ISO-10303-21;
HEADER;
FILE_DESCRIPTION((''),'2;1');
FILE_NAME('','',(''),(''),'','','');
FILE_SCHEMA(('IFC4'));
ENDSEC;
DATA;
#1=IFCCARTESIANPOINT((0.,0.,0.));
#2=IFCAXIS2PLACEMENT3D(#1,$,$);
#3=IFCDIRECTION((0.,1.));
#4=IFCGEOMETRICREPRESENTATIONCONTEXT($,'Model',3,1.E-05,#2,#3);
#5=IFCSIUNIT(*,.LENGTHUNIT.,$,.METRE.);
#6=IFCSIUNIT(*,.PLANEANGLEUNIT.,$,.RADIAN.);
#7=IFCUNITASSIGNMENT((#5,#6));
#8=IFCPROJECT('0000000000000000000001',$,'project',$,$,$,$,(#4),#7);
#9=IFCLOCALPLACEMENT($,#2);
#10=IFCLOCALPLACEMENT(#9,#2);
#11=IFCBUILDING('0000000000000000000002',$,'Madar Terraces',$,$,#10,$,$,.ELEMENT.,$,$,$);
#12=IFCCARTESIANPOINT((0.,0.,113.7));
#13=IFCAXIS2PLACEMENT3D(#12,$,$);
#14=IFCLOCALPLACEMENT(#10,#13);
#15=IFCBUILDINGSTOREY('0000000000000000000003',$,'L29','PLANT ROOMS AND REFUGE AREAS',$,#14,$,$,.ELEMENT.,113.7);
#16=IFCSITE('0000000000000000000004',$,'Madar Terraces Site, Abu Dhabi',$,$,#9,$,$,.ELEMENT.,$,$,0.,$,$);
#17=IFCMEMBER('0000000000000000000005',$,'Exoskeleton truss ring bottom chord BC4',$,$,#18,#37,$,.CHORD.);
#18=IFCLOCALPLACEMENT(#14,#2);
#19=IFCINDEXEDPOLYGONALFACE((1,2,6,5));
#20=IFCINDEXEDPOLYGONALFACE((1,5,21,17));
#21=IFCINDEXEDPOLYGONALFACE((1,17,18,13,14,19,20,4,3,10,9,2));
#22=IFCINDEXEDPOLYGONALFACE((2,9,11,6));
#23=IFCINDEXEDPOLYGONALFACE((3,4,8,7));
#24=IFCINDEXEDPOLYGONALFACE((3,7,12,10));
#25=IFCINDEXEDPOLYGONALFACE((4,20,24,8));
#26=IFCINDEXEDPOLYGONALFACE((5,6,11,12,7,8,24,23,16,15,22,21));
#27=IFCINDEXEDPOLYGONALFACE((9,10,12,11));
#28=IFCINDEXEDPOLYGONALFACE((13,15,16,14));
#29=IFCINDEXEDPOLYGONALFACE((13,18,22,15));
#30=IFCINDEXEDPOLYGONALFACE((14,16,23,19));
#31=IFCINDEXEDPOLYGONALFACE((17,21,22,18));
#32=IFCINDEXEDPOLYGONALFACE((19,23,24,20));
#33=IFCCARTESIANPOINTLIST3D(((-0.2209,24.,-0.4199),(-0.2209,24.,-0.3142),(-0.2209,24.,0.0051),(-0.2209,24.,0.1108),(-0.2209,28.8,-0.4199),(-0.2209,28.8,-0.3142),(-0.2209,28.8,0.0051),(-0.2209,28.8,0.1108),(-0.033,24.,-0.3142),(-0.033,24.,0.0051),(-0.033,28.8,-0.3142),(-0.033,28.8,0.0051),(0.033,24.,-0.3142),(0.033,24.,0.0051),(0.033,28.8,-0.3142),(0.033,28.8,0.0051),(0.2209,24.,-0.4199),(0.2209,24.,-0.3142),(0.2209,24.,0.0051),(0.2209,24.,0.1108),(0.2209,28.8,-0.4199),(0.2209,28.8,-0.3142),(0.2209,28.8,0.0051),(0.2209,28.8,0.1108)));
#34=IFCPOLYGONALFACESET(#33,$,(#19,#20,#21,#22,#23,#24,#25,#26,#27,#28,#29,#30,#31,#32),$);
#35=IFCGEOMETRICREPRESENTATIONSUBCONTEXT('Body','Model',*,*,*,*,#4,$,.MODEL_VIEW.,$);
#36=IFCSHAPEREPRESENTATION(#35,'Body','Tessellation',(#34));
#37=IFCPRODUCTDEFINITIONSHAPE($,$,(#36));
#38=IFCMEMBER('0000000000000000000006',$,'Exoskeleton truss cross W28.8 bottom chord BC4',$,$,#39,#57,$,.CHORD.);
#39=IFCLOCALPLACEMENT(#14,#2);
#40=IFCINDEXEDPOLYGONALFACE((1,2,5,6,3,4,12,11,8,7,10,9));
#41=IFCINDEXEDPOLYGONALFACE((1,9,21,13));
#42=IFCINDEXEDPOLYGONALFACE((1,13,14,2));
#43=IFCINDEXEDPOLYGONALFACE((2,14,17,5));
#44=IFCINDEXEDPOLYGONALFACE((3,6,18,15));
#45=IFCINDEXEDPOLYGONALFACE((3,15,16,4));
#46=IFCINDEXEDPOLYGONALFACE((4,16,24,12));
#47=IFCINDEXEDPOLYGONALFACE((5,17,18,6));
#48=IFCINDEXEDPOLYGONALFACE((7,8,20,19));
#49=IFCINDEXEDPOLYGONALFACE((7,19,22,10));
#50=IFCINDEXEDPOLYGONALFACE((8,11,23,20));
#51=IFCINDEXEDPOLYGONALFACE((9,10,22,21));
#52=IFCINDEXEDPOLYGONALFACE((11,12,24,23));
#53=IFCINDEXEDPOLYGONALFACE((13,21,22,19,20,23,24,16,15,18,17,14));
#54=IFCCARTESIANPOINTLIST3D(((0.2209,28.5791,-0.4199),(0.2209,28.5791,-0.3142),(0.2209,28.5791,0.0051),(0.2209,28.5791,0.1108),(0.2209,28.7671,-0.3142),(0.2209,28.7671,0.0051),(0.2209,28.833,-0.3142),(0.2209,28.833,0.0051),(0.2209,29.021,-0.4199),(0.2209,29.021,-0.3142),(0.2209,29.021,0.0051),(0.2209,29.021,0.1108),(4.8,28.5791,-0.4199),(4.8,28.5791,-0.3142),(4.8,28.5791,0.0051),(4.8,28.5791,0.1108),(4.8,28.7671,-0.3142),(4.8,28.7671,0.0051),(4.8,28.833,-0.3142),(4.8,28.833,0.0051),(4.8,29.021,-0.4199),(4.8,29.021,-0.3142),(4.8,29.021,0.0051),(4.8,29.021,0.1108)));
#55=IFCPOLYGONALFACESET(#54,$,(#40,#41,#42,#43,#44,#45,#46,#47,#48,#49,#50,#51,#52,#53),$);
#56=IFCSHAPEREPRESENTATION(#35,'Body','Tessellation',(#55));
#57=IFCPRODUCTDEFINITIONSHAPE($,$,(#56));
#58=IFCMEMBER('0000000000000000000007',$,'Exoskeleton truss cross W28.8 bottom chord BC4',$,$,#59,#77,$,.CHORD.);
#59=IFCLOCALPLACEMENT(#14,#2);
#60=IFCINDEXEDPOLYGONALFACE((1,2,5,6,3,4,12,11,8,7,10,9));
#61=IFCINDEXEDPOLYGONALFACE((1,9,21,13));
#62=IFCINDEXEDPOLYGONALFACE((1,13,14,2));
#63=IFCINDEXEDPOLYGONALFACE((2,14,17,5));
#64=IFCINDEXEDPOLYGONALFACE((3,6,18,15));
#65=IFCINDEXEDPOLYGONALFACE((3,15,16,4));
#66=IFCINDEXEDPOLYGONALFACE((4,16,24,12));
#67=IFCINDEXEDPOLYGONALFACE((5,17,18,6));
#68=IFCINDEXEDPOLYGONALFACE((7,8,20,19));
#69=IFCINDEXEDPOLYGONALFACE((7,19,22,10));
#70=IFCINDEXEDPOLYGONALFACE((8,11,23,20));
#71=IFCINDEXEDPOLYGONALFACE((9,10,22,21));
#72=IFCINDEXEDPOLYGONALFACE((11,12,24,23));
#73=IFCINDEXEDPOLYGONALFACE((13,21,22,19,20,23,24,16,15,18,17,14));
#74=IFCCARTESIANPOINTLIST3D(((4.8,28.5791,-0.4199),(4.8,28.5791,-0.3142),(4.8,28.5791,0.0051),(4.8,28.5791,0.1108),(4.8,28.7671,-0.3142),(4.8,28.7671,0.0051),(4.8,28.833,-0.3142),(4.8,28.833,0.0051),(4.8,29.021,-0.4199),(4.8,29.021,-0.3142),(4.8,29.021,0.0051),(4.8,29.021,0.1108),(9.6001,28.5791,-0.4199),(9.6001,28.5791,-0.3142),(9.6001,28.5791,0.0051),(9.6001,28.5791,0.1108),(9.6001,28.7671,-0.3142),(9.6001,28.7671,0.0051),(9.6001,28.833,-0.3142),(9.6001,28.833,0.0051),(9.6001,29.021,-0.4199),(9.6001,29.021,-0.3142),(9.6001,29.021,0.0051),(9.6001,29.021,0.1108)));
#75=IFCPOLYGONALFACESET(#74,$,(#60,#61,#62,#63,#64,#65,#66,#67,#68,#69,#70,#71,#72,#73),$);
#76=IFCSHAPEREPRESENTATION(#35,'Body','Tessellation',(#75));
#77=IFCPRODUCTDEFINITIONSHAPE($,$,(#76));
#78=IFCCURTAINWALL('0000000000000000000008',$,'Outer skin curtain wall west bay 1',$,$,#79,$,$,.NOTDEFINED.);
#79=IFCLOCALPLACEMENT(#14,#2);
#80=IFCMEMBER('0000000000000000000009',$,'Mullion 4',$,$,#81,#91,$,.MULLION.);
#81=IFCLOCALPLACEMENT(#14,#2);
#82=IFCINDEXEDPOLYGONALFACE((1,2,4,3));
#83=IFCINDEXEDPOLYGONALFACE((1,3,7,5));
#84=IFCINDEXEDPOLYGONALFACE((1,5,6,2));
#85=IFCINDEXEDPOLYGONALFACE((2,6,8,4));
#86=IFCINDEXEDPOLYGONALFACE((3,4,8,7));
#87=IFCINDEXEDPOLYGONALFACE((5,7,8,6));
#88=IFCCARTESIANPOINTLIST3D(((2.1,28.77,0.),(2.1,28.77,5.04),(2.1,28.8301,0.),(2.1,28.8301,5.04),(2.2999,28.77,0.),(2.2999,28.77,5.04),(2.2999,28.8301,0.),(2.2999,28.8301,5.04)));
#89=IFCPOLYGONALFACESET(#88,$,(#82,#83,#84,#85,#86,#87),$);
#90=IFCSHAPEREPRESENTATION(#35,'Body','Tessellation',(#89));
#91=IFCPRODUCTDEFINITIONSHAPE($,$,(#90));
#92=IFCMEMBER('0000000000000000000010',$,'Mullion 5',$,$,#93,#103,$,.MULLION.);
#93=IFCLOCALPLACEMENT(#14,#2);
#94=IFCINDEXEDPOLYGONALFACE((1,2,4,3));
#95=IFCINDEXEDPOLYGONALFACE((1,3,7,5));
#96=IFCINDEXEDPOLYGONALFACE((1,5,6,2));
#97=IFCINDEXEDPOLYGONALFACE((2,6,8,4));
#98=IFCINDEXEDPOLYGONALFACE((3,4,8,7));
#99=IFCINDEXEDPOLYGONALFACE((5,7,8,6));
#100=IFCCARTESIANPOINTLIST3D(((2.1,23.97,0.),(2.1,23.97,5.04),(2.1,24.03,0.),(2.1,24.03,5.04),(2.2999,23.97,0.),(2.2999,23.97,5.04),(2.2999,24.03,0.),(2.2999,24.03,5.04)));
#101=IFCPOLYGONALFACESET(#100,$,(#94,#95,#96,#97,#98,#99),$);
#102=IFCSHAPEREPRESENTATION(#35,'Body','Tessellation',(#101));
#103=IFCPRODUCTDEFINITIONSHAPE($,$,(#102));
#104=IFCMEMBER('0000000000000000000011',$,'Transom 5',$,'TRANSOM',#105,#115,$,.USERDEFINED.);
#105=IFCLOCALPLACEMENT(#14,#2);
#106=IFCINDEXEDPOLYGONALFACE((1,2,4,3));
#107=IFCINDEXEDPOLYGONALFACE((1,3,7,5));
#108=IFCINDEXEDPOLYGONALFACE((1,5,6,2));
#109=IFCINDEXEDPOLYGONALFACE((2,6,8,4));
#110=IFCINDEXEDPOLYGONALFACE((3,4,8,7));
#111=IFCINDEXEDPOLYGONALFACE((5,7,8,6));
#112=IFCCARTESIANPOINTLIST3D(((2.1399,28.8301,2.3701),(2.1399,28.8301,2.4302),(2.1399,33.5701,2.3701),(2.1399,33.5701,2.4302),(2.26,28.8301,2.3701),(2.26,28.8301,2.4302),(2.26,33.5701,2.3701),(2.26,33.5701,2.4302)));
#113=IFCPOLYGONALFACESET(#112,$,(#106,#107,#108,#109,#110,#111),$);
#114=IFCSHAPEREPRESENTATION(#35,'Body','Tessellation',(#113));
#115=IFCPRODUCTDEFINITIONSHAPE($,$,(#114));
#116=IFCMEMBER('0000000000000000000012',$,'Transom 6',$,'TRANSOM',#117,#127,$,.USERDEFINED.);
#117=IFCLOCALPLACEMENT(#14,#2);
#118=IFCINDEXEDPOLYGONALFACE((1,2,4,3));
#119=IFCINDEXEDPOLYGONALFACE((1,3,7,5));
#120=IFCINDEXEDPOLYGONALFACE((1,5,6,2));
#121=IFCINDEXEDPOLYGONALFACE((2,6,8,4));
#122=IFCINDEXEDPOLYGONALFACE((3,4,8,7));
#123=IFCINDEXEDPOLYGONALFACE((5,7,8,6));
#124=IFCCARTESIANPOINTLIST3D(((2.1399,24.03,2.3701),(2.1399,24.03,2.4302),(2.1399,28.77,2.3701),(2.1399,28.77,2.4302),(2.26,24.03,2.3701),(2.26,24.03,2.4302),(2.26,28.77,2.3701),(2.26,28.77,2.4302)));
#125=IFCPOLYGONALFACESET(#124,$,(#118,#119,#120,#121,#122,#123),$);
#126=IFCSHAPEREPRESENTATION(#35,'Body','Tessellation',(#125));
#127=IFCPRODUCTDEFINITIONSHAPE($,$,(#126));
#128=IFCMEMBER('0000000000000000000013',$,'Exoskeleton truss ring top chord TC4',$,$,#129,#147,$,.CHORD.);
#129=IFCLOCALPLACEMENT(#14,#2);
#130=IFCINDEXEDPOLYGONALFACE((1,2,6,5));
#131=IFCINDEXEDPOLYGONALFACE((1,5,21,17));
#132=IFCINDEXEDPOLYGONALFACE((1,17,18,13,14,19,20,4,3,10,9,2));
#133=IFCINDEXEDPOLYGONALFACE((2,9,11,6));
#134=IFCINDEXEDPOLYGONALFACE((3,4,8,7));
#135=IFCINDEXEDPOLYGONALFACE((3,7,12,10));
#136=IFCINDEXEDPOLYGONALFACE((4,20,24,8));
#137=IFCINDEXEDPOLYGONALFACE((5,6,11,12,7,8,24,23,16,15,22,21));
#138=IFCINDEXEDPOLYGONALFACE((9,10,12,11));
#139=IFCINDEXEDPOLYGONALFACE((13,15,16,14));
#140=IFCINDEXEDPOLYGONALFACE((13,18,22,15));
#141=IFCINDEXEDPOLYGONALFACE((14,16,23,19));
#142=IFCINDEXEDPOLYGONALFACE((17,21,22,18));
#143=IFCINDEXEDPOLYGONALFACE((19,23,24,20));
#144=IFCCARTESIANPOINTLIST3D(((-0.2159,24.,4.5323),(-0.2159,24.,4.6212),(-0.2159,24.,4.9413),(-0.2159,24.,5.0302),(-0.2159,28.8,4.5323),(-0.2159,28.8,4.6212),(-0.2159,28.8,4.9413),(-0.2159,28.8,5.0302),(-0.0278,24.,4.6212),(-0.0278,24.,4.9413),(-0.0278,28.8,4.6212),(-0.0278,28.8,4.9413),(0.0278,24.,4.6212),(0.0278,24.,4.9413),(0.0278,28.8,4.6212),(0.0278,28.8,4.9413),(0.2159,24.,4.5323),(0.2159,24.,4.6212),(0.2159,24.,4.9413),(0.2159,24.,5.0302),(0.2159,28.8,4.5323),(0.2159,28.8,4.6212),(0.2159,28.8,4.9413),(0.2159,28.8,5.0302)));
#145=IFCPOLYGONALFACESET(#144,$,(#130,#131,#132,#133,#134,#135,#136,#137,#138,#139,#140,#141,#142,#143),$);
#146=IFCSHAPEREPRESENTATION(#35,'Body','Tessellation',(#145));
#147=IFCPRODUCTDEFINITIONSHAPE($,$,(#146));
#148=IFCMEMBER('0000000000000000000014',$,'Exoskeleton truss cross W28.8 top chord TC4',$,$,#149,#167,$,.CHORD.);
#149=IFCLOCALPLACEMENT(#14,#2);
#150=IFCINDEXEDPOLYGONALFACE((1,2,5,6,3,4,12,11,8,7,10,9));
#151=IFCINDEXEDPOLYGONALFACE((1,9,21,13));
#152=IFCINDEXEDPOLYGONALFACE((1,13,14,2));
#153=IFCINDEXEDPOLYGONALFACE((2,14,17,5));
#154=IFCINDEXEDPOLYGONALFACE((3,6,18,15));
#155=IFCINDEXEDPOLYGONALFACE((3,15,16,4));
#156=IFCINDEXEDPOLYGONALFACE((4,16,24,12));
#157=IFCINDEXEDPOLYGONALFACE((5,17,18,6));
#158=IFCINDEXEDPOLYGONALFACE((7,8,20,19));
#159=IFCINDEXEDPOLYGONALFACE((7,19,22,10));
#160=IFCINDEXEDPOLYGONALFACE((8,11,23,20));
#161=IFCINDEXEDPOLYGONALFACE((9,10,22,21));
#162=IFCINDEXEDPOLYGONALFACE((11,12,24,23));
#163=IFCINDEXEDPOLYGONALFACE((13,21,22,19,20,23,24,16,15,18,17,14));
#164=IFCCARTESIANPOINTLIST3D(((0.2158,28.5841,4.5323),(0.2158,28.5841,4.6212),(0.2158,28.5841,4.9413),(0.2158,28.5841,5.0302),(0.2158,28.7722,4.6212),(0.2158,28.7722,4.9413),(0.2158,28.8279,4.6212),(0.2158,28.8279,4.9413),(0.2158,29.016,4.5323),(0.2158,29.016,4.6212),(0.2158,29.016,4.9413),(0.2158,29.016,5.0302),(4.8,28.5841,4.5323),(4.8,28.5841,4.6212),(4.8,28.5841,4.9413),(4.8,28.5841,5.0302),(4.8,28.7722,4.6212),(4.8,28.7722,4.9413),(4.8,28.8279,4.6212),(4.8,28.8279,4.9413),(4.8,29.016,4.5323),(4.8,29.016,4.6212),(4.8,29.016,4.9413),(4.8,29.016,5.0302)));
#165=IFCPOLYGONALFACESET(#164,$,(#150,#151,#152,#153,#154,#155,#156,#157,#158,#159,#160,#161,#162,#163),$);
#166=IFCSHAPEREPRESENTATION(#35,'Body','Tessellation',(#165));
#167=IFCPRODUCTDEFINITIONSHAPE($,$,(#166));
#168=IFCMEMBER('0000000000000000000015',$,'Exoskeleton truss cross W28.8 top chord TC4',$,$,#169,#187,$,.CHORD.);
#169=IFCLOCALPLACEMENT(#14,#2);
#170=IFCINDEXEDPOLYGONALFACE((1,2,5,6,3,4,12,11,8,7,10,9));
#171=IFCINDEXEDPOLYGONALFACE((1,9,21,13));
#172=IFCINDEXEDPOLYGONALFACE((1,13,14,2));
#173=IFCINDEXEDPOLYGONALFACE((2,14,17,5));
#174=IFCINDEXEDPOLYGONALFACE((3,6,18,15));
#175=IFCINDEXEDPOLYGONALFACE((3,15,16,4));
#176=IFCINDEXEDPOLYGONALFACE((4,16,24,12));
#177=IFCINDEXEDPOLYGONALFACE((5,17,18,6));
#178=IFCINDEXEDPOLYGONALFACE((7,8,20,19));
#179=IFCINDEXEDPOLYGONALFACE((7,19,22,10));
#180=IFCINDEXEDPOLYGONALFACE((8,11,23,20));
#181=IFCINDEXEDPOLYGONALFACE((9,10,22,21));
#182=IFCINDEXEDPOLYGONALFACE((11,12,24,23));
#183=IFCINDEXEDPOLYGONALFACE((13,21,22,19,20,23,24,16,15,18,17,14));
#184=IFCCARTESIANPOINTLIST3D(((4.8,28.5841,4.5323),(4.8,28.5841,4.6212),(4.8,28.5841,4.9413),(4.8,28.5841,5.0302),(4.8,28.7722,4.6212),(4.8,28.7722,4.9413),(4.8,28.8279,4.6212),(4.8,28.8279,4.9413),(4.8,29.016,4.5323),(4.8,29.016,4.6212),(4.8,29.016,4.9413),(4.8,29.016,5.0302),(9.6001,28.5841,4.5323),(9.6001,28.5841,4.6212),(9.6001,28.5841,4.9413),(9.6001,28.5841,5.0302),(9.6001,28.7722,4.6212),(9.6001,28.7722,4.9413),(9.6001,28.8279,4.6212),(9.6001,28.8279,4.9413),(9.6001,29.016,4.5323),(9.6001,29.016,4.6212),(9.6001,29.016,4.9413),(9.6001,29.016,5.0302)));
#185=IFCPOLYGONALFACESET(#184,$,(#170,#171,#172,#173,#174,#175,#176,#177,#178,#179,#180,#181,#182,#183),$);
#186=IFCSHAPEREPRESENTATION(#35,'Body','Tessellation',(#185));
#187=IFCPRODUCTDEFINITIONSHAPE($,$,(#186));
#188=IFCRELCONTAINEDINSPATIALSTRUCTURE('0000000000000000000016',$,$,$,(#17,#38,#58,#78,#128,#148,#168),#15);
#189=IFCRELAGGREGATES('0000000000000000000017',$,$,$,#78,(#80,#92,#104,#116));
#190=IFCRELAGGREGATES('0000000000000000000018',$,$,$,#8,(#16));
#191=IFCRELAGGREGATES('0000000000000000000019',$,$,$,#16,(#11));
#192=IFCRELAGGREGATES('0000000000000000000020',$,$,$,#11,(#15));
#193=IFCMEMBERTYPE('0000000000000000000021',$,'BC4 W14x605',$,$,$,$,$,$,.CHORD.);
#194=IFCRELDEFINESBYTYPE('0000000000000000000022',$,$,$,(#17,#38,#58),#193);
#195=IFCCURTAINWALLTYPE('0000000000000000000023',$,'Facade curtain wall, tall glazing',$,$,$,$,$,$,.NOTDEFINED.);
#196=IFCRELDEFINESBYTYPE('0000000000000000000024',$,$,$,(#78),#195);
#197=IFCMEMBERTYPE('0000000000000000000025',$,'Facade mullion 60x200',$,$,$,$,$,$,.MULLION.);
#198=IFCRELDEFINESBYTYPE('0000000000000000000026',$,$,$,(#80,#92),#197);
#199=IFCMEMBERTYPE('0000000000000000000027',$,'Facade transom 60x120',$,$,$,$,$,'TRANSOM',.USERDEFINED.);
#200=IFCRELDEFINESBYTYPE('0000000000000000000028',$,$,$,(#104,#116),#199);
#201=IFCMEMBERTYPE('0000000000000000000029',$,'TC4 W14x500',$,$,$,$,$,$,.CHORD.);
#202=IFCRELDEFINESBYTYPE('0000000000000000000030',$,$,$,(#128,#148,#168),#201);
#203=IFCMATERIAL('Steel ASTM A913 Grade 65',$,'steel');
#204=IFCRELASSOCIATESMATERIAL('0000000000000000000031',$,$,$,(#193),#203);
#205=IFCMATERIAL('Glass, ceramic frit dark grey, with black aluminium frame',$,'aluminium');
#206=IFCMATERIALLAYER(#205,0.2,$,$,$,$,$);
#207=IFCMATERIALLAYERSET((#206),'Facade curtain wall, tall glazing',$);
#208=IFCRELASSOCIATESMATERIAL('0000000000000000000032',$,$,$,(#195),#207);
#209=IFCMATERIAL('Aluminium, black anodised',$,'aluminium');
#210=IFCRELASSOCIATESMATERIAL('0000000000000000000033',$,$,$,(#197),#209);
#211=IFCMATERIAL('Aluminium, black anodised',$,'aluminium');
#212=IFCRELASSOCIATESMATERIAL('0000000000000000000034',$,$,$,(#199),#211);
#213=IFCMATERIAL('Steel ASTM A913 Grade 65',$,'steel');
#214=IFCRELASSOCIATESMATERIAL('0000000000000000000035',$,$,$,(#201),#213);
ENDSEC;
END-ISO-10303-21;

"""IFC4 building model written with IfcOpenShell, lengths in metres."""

from ifc_helpers import new_model, si_unit, direction, frame, origin, origin_2d, place, context, subcontext, project, spatial, rectangle, i_section, extrude, material, layer, layer_set, material_profile, profile_set, type_object, element, aggregate, save


model = new_model("IFC4")

# Units and contexts
model_context = context("Model", 3, precision=1e-05, world=origin(), true_north=direction((0.0, 1.0)))
body_context = subcontext(model_context, "Body", "Model", "MODEL_VIEW")
ifc_project = project(units=[si_unit("LENGTHUNIT", "METRE"), si_unit("PLANEANGLEUNIT", "RADIAN")], contexts=[model_context])

# Site, building, storey
site_placement = place(None, origin())
site = spatial("IfcSite", under=ifc_project, at=site_placement, Name="Madar Terraces Site, Abu Dhabi", CompositionType="ELEMENT", RefElevation=0.0)
building_placement = place(site_placement, origin())
building = spatial("IfcBuilding", under=site, at=building_placement, Name="Madar Terraces", CompositionType="ELEMENT")
storey_placement = place(building_placement, frame((0.0, 0.0, 113.7)))
storey = spatial("IfcBuildingStorey", under=building, at=storey_placement, Name="L29", Description="PLANT ROOMS AND REFUGE AREAS", CompositionType="ELEMENT", Elevation=113.7)

# Members
ifc_material_1 = material(Name="Steel ASTM A913 Grade 65", Category="steel")
ifc_material_profile_1 = material_profile(ifc_material_1, i_section(OverallWidth=0.4419, OverallDepth=0.5308, WebThickness=0.0659, FlangeThickness=0.1057, at=origin_2d()), Name="W14x605")
ifc_profile_set_1 = profile_set([ifc_material_profile_1], Name="Steel ASTM A913 Grade 65")
member_type_1 = type_object("IfcMemberType", Name="BC4 W14x605", PredefinedType="CHORD", material=ifc_profile_set_1)
member_1_placement = place(storey_placement, frame((0.0, 28.8, -0.1545), z_axis=(0.0, -1.0, 0.0), x_axis=(1.0, 0.0, 0.0)))
element("IfcMember", 1, at=member_1_placement, inside=storey, type_object=member_type_1, Name="Exoskeleton truss ring bottom chord BC4", PredefinedType="CHORD", context=body_context, shape_type="SweptSolid", body=[
    extrude(i_section(OverallWidth=0.4419, OverallDepth=0.5308, WebThickness=0.0659, FlangeThickness=0.1057, at=origin_2d()), origin(), (0.0, 0.0, 1.0), 4.8),
])
member_2_placement = place(storey_placement, frame((0.2209, 28.8, -0.1545), z_axis=(1.0, 0.0, 0.0), x_axis=(0.0, 1.0, 0.0)))
element("IfcMember", 2, at=member_2_placement, inside=storey, type_object=member_type_1, Name="Exoskeleton truss cross W28.8 bottom chord BC4", PredefinedType="CHORD", context=body_context, shape_type="SweptSolid", body=[
    extrude(i_section(OverallWidth=0.4419, OverallDepth=0.5308, WebThickness=0.0659, FlangeThickness=0.1057, at=origin_2d()), origin(), (0.0, 0.0, 1.0), 4.5791),
])
member_3_placement = place(storey_placement, frame((4.8, 28.8, -0.1545), z_axis=(1.0, 0.0, 0.0), x_axis=(0.0, 1.0, 0.0)))
element("IfcMember", 3, at=member_3_placement, inside=storey, type_object=member_type_1, Name="Exoskeleton truss cross W28.8 bottom chord BC4", PredefinedType="CHORD", context=body_context, shape_type="SweptSolid", body=[
    extrude(i_section(OverallWidth=0.4419, OverallDepth=0.5308, WebThickness=0.0659, FlangeThickness=0.1057, at=origin_2d()), origin(), (0.0, 0.0, 1.0), 4.8),
])

# Curtain wall, members
ifc_material_2 = material(Name="Glass, ceramic frit dark grey, with black aluminium frame", Category="aluminium")
ifc_layer_1 = layer(ifc_material_2, 0.2)
ifc_layer_set_1 = layer_set([ifc_layer_1], Name="Facade curtain wall, tall glazing")
curtain_wall_type = type_object("IfcCurtainWallType", Name="Facade curtain wall, tall glazing", PredefinedType="NOTDEFINED", material=ifc_layer_set_1)
curtain_wall_placement = place(storey_placement, origin())
curtain_wall = element("IfcCurtainWall", 4, at=curtain_wall_placement, inside=storey, type_object=curtain_wall_type, Name="Outer skin curtain wall west bay 1", PredefinedType="NOTDEFINED")
ifc_material_3 = material(Name="Aluminium, black anodised", Category="aluminium")
ifc_material_profile_2 = material_profile(ifc_material_3, rectangle(XDim=0.2, YDim=0.0601, at=origin_2d()), Name="Facade mullion 60x200")
ifc_profile_set_2 = profile_set([ifc_material_profile_2], Name="Aluminium, black anodised")
member_type_2 = type_object("IfcMemberType", Name="Facade mullion 60x200", PredefinedType="MULLION", material=ifc_profile_set_2)
member_4_placement = place(storey_placement, frame((2.2, 28.8, 0.0), z_axis=(0.0, 0.0, 1.0), x_axis=(1.0, 0.0, 0.0)))
member_4 = element("IfcMember", 5, at=member_4_placement, type_object=member_type_2, Name="Mullion 4", PredefinedType="MULLION", context=body_context, shape_type="SweptSolid", body=[
    extrude(rectangle(XDim=0.2, YDim=0.0601, at=origin_2d()), origin(), (0.0, 0.0, 1.0), 5.04),
])
member_5_placement = place(storey_placement, frame((2.2, 24.0, 0.0), z_axis=(0.0, 0.0, 1.0), x_axis=(1.0, 0.0, 0.0)))
member_5 = element("IfcMember", 6, at=member_5_placement, type_object=member_type_2, Name="Mullion 5", PredefinedType="MULLION", context=body_context, shape_type="SweptSolid", body=[
    extrude(rectangle(XDim=0.2, YDim=0.0601, at=origin_2d()), origin(), (0.0, 0.0, 1.0), 5.04),
])
ifc_material_4 = material(Name="Aluminium, black anodised", Category="aluminium")
ifc_material_profile_3 = material_profile(ifc_material_4, rectangle(XDim=0.1201, YDim=0.0601, at=origin_2d()), Name="Facade transom 60x120")
ifc_profile_set_3 = profile_set([ifc_material_profile_3], Name="Aluminium, black anodised")
member_type_3 = type_object("IfcMemberType", Name="Facade transom 60x120", ElementType="TRANSOM", PredefinedType="USERDEFINED", material=ifc_profile_set_3)
member_6_placement = place(storey_placement, frame((2.2, 33.5701, 2.4001), z_axis=(0.0, -1.0, 0.0), x_axis=(1.0, 0.0, 0.0)))
member_6 = element("IfcMember", 7, at=member_6_placement, type_object=member_type_3, Name="Transom 5", ObjectType="TRANSOM", PredefinedType="USERDEFINED", context=body_context, shape_type="SweptSolid", body=[
    extrude(rectangle(XDim=0.1201, YDim=0.0601, at=origin_2d()), origin(), (0.0, 0.0, 1.0), 4.74),
])
member_7_placement = place(storey_placement, frame((2.2, 28.77, 2.4001), z_axis=(0.0, -1.0, 0.0), x_axis=(1.0, 0.0, 0.0)))
member_7 = element("IfcMember", 8, at=member_7_placement, type_object=member_type_3, Name="Transom 6", ObjectType="TRANSOM", PredefinedType="USERDEFINED", context=body_context, shape_type="SweptSolid", body=[
    extrude(rectangle(XDim=0.1201, YDim=0.0601, at=origin_2d()), origin(), (0.0, 0.0, 1.0), 4.74),
])

# Members
ifc_material_5 = material(Name="Steel ASTM A913 Grade 65", Category="steel")
ifc_material_profile_4 = material_profile(ifc_material_5, i_section(OverallWidth=0.4319, OverallDepth=0.4978, WebThickness=0.0557, FlangeThickness=0.0889, at=origin_2d()), Name="W14x500")
ifc_profile_set_4 = profile_set([ifc_material_profile_4], Name="Steel ASTM A913 Grade 65")
member_type_4 = type_object("IfcMemberType", Name="TC4 W14x500", PredefinedType="CHORD", material=ifc_profile_set_4)
member_8_placement = place(storey_placement, frame((0.0, 28.8, 4.7812), z_axis=(0.0, -1.0, 0.0), x_axis=(1.0, 0.0, 0.0)))
element("IfcMember", 9, at=member_8_placement, inside=storey, type_object=member_type_4, Name="Exoskeleton truss ring top chord TC4", PredefinedType="CHORD", context=body_context, shape_type="SweptSolid", body=[
    extrude(i_section(OverallWidth=0.4319, OverallDepth=0.4978, WebThickness=0.0557, FlangeThickness=0.0889, at=origin_2d()), origin(), (0.0, 0.0, 1.0), 4.8),
])
member_9_placement = place(storey_placement, frame((0.2158, 28.8, 4.7812), z_axis=(1.0, 0.0, 0.0), x_axis=(0.0, 1.0, 0.0)))
element("IfcMember", 10, at=member_9_placement, inside=storey, type_object=member_type_4, Name="Exoskeleton truss cross W28.8 top chord TC4", PredefinedType="CHORD", context=body_context, shape_type="SweptSolid", body=[
    extrude(i_section(OverallWidth=0.4319, OverallDepth=0.4978, WebThickness=0.0557, FlangeThickness=0.0889, at=origin_2d()), origin(), (0.0, 0.0, 1.0), 4.5842),
])
member_10_placement = place(storey_placement, frame((4.8, 28.8, 4.7812), z_axis=(1.0, 0.0, 0.0), x_axis=(0.0, 1.0, 0.0)))
element("IfcMember", 11, at=member_10_placement, inside=storey, type_object=member_type_4, Name="Exoskeleton truss cross W28.8 top chord TC4", PredefinedType="CHORD", context=body_context, shape_type="SweptSolid", body=[
    extrude(i_section(OverallWidth=0.4319, OverallDepth=0.4978, WebThickness=0.0557, FlangeThickness=0.0889, at=origin_2d()), origin(), (0.0, 0.0, 1.0), 4.8),
])

aggregate(curtain_wall, [member_4, member_5, member_6, member_7])

save(model, "model.ifc")
